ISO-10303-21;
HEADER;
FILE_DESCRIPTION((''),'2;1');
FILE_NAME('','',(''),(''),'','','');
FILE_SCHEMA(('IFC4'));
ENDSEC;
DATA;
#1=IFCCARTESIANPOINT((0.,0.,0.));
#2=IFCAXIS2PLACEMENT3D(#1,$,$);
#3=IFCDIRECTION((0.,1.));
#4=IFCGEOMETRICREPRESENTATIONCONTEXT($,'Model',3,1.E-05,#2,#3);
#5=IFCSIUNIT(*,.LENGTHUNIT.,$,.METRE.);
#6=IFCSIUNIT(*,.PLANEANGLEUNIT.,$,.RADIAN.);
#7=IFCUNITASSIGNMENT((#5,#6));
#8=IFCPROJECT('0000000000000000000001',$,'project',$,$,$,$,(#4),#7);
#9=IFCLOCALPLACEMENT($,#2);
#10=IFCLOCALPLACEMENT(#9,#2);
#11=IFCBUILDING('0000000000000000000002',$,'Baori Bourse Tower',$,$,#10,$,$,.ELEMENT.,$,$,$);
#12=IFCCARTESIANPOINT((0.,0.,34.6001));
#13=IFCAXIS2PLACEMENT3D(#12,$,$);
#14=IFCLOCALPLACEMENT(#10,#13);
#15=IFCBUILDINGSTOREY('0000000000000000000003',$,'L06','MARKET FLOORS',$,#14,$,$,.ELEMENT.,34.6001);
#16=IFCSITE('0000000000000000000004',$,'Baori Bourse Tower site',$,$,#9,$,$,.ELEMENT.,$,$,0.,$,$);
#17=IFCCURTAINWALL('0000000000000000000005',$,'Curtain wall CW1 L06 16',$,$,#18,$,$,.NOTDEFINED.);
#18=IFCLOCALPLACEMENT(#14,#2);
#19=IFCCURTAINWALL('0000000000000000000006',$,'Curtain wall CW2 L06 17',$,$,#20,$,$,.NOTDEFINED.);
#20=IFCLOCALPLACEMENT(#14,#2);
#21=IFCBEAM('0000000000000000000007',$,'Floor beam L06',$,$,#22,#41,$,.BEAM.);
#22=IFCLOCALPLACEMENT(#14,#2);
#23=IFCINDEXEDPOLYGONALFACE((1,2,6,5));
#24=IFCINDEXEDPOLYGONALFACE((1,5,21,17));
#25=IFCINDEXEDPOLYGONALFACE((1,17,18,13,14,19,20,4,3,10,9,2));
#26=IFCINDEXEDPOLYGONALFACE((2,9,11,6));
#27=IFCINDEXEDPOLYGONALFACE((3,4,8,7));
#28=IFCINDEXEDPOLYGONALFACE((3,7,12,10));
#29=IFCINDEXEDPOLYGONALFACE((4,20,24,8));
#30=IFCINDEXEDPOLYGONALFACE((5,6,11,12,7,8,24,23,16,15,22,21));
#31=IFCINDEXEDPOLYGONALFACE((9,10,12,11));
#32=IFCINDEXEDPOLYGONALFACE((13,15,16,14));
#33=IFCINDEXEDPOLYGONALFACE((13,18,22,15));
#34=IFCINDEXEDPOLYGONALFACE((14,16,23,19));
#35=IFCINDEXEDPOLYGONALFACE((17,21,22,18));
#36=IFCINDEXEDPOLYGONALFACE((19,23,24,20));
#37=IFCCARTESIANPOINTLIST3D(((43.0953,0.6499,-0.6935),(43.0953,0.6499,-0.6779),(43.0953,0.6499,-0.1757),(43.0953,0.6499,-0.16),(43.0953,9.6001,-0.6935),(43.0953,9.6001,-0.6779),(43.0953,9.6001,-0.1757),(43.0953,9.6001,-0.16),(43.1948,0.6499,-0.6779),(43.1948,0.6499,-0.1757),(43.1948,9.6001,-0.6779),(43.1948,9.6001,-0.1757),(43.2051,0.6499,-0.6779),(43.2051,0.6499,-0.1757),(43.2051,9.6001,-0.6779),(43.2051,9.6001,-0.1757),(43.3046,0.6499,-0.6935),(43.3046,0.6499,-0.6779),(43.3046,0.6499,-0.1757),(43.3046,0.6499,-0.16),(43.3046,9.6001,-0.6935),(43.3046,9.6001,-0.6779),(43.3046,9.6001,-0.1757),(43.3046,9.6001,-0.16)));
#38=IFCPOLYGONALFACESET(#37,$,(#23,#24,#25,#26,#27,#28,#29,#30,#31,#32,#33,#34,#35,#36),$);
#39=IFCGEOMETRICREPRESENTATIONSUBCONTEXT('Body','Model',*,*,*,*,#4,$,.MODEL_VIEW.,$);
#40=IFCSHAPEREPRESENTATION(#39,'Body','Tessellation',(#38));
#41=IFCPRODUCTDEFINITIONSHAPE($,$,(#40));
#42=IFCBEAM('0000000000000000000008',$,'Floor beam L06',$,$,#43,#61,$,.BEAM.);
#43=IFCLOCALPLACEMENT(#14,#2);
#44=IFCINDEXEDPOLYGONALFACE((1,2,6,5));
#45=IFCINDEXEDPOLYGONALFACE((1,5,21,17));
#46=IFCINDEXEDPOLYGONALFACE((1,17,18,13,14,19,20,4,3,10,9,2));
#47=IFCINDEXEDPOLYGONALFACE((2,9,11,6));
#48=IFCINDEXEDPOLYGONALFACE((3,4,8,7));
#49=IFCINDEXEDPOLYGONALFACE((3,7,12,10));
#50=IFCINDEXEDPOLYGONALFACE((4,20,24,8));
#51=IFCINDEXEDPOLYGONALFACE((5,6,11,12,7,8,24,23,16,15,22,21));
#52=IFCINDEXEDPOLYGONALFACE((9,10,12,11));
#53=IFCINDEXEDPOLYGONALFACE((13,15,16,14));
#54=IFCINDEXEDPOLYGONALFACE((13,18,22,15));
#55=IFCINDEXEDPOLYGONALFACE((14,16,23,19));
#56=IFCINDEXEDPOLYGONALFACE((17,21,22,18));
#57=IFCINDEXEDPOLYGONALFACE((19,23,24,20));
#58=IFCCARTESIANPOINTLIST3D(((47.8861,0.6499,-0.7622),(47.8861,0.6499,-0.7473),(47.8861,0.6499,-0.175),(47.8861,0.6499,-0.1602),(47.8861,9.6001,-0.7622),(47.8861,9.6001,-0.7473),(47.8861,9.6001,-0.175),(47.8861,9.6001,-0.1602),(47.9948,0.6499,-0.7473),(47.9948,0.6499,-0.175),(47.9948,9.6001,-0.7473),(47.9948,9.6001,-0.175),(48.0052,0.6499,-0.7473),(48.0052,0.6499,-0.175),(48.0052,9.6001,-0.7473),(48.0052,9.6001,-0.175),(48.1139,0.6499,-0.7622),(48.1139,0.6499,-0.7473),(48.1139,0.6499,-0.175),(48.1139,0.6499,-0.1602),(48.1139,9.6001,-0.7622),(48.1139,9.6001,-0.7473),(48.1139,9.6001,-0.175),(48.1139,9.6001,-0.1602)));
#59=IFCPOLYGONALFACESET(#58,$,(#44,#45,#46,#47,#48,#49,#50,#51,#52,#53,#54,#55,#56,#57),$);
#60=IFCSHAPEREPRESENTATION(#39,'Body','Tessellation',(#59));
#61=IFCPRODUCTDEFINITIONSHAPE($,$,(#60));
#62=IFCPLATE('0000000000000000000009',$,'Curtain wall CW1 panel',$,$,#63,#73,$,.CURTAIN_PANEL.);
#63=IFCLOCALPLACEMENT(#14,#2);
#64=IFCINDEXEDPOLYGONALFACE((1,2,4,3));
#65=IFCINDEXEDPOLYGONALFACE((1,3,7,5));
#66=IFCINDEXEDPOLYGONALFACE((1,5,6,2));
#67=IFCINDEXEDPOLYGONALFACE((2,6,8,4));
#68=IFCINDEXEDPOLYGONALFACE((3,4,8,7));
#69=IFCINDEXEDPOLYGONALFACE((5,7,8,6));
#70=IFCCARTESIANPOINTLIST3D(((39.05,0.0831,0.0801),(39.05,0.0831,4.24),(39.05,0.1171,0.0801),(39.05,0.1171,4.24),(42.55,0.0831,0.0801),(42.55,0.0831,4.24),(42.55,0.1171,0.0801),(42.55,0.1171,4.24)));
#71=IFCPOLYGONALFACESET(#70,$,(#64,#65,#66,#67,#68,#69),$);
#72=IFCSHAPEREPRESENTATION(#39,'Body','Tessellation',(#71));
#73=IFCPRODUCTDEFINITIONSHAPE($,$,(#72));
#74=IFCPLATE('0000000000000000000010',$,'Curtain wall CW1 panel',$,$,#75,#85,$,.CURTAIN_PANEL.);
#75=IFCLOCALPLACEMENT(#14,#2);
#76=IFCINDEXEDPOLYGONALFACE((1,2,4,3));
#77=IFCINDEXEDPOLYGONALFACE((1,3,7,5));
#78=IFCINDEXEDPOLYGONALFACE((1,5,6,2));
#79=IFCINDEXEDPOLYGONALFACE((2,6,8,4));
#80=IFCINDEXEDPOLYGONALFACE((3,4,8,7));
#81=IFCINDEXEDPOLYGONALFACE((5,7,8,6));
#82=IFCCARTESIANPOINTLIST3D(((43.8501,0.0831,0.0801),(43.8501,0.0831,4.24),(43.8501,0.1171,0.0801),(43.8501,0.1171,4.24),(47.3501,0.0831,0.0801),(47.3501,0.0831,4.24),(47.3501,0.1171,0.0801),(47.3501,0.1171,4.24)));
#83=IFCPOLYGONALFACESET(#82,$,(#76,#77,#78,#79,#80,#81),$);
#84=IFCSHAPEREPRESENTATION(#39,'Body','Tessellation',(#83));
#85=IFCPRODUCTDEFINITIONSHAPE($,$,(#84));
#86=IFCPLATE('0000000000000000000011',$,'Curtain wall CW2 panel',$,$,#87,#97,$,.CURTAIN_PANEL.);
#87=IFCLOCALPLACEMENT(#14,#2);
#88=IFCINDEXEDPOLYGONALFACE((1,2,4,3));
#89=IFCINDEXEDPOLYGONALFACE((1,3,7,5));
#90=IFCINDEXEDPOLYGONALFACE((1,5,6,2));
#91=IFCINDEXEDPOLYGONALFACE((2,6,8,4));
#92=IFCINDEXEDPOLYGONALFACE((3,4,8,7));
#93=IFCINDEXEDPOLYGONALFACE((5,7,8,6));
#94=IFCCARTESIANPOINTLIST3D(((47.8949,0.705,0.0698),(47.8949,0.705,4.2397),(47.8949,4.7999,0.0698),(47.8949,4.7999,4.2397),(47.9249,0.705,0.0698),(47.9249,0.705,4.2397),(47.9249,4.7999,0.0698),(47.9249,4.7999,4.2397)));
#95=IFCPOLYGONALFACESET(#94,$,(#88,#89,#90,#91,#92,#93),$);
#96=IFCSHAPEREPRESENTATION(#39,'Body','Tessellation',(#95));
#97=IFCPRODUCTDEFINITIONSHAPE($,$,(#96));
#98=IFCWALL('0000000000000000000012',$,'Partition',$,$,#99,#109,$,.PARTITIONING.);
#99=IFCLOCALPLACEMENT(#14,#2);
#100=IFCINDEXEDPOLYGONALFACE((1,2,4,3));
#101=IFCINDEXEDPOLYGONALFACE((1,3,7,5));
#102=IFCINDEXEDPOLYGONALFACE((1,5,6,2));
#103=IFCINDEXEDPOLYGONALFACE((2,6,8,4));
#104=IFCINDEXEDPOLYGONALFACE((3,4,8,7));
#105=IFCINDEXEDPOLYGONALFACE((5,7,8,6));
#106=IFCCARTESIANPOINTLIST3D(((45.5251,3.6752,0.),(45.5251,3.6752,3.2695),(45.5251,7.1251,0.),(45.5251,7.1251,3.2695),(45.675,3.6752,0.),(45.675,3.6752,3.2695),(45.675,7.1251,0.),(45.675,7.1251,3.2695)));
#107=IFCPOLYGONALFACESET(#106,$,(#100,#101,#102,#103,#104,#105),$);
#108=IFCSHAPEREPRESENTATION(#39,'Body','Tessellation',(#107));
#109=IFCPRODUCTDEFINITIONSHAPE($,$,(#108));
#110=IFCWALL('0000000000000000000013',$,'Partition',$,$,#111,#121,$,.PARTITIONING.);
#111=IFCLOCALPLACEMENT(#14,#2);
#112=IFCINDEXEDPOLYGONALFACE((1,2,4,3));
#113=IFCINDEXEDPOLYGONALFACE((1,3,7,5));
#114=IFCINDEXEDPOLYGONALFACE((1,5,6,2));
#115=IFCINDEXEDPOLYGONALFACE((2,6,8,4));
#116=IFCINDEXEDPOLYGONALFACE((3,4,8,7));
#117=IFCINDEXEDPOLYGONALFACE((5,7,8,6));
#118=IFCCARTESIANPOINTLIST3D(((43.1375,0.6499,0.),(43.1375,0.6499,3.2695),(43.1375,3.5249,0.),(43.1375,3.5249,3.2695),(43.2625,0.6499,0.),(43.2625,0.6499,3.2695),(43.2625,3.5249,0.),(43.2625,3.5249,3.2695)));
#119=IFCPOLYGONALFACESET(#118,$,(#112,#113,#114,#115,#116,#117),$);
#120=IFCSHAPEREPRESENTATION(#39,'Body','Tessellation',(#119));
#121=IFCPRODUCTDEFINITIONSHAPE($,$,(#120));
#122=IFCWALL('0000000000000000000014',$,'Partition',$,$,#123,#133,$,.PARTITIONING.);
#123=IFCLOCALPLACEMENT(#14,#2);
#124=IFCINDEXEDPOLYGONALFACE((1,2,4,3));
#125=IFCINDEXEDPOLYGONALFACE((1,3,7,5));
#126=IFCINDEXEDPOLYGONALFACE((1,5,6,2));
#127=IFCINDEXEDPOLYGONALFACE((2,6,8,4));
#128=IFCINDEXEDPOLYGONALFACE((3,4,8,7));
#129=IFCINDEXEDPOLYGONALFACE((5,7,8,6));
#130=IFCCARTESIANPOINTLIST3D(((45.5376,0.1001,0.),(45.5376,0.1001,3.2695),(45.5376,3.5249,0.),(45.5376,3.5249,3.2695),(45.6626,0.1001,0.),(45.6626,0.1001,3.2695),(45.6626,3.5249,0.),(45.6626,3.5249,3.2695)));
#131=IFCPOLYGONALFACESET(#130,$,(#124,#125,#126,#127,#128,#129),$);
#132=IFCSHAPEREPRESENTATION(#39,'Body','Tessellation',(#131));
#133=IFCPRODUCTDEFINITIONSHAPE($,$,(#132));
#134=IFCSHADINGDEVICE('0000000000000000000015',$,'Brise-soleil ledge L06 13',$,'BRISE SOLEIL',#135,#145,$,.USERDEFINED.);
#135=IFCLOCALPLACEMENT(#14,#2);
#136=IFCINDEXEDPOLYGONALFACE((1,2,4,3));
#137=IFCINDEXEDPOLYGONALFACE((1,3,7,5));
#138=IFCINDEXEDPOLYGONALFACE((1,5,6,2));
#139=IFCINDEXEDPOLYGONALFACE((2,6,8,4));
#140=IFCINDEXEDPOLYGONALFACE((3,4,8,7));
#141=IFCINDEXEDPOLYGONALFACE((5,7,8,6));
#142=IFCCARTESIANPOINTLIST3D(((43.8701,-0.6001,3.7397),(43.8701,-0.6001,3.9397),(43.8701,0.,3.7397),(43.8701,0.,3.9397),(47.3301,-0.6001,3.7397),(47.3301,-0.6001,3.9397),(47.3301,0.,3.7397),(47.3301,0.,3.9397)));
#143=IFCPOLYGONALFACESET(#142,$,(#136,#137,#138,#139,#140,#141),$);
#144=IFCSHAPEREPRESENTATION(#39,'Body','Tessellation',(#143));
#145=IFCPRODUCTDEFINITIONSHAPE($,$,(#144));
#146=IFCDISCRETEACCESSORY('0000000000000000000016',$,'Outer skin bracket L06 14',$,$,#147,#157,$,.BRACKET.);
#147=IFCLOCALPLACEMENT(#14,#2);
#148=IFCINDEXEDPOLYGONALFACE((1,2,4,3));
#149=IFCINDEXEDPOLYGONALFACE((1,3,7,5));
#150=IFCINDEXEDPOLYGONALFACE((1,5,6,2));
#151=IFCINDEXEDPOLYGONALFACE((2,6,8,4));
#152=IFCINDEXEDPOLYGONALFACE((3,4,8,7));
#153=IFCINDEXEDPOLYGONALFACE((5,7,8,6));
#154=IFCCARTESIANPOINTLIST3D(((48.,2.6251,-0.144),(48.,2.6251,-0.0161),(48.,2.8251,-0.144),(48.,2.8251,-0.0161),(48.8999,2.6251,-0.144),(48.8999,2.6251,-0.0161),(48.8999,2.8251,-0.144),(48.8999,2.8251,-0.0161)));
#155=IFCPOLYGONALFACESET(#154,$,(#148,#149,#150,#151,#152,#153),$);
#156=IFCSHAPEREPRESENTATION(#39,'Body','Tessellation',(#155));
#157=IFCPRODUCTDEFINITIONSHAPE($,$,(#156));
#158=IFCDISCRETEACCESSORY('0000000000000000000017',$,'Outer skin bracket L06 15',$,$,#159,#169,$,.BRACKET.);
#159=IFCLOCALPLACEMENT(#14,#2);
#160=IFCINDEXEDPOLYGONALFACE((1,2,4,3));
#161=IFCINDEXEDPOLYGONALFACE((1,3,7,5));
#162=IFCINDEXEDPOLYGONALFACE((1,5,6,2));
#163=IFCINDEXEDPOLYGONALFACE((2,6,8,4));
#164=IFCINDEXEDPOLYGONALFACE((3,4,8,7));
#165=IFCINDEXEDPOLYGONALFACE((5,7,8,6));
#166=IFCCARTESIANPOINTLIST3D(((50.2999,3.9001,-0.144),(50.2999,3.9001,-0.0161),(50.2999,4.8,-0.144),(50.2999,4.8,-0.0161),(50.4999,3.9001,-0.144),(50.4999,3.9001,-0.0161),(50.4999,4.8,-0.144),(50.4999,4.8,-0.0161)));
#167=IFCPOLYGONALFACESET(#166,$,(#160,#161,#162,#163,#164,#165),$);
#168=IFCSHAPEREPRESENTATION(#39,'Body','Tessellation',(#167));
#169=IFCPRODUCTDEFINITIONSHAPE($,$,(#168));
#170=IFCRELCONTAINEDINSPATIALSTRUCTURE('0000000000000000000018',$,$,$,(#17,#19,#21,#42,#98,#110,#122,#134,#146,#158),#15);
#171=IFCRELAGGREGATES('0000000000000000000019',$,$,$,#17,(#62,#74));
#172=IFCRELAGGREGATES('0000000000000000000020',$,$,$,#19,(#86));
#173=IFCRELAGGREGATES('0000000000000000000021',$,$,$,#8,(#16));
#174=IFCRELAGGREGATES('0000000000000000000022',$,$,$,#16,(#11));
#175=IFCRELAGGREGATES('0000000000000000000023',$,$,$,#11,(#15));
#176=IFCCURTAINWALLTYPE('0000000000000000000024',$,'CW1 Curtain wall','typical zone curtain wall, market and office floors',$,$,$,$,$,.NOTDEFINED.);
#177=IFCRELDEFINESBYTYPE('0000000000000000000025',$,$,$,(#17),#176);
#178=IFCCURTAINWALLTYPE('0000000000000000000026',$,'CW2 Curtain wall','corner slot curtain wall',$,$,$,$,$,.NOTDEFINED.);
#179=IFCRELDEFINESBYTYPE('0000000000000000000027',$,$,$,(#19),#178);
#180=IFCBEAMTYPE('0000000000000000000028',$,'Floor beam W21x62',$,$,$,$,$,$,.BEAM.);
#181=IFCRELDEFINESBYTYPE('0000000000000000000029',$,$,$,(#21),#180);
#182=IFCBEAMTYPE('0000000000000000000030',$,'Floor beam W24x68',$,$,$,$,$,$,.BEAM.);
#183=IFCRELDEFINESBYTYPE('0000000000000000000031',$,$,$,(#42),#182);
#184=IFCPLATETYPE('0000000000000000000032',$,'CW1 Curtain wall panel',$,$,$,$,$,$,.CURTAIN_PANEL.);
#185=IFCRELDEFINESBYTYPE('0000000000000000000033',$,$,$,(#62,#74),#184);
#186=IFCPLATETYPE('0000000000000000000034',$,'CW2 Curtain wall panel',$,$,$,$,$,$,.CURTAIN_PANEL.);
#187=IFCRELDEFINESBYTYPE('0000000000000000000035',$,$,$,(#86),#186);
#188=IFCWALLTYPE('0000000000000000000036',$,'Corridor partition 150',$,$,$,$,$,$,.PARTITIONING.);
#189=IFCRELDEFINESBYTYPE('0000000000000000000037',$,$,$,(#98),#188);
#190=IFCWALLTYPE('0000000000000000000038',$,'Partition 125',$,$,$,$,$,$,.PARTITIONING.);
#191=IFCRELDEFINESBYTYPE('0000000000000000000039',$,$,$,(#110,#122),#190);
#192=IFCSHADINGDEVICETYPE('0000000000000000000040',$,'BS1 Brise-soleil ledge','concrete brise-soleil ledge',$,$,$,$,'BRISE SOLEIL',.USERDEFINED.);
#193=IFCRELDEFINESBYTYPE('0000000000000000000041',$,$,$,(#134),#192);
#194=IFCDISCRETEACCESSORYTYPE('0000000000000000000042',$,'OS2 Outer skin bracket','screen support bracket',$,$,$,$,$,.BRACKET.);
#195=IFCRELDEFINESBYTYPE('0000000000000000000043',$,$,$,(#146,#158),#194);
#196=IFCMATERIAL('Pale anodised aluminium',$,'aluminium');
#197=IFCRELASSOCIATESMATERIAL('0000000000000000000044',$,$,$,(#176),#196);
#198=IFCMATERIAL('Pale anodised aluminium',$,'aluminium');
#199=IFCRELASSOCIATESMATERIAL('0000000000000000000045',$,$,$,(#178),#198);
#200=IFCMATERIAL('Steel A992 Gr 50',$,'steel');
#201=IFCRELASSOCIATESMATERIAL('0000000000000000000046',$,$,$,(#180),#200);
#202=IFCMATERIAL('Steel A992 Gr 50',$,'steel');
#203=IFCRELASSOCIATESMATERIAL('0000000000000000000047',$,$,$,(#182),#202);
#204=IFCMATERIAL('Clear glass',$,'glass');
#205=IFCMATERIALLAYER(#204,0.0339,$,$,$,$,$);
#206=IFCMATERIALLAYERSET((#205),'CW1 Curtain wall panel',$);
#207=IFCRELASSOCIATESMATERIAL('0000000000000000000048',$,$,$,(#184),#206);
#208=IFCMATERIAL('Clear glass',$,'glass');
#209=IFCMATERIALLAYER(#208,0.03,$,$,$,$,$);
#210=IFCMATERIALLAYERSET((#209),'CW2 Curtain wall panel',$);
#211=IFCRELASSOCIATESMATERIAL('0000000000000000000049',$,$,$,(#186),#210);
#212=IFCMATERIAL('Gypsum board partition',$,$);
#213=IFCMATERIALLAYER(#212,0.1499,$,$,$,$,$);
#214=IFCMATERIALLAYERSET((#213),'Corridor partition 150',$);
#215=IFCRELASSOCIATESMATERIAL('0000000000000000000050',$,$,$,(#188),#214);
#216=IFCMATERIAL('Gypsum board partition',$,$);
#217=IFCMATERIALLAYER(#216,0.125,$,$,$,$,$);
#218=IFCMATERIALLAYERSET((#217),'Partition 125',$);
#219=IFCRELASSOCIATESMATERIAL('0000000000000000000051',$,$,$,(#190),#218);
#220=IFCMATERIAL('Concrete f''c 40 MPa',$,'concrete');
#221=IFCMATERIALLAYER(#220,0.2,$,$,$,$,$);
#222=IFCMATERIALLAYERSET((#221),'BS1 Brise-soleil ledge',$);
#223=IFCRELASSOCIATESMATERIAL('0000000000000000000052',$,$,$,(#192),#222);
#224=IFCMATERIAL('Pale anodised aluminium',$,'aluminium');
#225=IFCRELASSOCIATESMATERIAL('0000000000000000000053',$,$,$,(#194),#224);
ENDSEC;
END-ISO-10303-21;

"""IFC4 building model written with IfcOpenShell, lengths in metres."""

from ifc_helpers import new_model, si_unit, direction, frame, frame_2d, origin, origin_2d, place, context, subcontext, project, spatial, rectangle, i_section, extrude, material, layer, layer_set, material_profile, profile_set, type_object, element, aggregate, save


model = new_model("IFC4")

# Units and contexts
model_context = context("Model", 3, precision=1e-05, world=origin(), true_north=direction((0.0, 1.0)))
body_context = subcontext(model_context, "Body", "Model", "MODEL_VIEW")
ifc_project = project(units=[si_unit("LENGTHUNIT", "METRE"), si_unit("PLANEANGLEUNIT", "RADIAN")], contexts=[model_context])

# Site, building, storey
site_placement = place(None, origin())
site = spatial("IfcSite", under=ifc_project, at=site_placement, Name="Baori Bourse Tower site", CompositionType="ELEMENT", RefElevation=0.0)
building_placement = place(site_placement, origin())
building = spatial("IfcBuilding", under=site, at=building_placement, Name="Baori Bourse Tower", CompositionType="ELEMENT")
storey_placement = place(building_placement, frame((0.0, 0.0, 34.6001)))
storey = spatial("IfcBuildingStorey", under=building, at=storey_placement, Name="L06", Description="MARKET FLOORS", CompositionType="ELEMENT", Elevation=34.6001)

# Curtain walls
ifc_material_1 = material(Name="Pale anodised aluminium", Category="aluminium")
curtain_wall_type_1 = type_object("IfcCurtainWallType", Name="CW1 Curtain wall", Description="typical zone curtain wall, market and office floors", PredefinedType="NOTDEFINED", material=ifc_material_1)
curtain_wall_1_placement = place(storey_placement, origin())
curtain_wall_1 = element("IfcCurtainWall", 1, at=curtain_wall_1_placement, inside=storey, type_object=curtain_wall_type_1, Name="Curtain wall CW1 L06 16", PredefinedType="NOTDEFINED")
ifc_material_2 = material(Name="Pale anodised aluminium", Category="aluminium")
curtain_wall_type_2 = type_object("IfcCurtainWallType", Name="CW2 Curtain wall", Description="corner slot curtain wall", PredefinedType="NOTDEFINED", material=ifc_material_2)
curtain_wall_2_placement = place(storey_placement, origin())
curtain_wall_2 = element("IfcCurtainWall", 2, at=curtain_wall_2_placement, inside=storey, type_object=curtain_wall_type_2, Name="Curtain wall CW2 L06 17", PredefinedType="NOTDEFINED")

# Beams
ifc_material_3 = material(Name="Steel A992 Gr 50", Category="steel")
ifc_material_profile_1 = material_profile(ifc_material_3, i_section(OverallWidth=0.2092, OverallDepth=0.5334, WebThickness=0.0103, FlangeThickness=0.0156, at=origin_2d()), Name="W21x62")
ifc_profile_set_1 = profile_set([ifc_material_profile_1], Name="Steel A992 Gr 50")
beam_type_1 = type_object("IfcBeamType", Name="Floor beam W21x62", PredefinedType="BEAM", material=ifc_profile_set_1)
beam_1_placement = place(storey_placement, frame((43.2, 0.6499, -0.4268), z_axis=(0.0, 1.0, 0.0), x_axis=(-1.0, 0.0, 0.0)))
element("IfcBeam", 3, at=beam_1_placement, inside=storey, type_object=beam_type_1, Name="Floor beam L06", PredefinedType="BEAM", context=body_context, shape_type="SweptSolid", body=[
    extrude(i_section(OverallWidth=0.2092, OverallDepth=0.5334, WebThickness=0.0103, FlangeThickness=0.0156, at=origin_2d()), origin(), (0.0, 0.0, 1.0), 8.9502),
])
ifc_material_4 = material(Name="Steel A992 Gr 50", Category="steel")
ifc_material_profile_2 = material_profile(ifc_material_4, i_section(OverallWidth=0.2278, OverallDepth=0.6021, WebThickness=0.0105, FlangeThickness=0.0149, at=origin_2d()), Name="W24x68")
ifc_profile_set_2 = profile_set([ifc_material_profile_2], Name="Steel A992 Gr 50")
beam_type_2 = type_object("IfcBeamType", Name="Floor beam W24x68", PredefinedType="BEAM", material=ifc_profile_set_2)
beam_2_placement = place(storey_placement, frame((48.0, 0.6499, -0.4612), z_axis=(0.0, 1.0, 0.0), x_axis=(-1.0, 0.0, 0.0)))
element("IfcBeam", 4, at=beam_2_placement, inside=storey, type_object=beam_type_2, Name="Floor beam L06", PredefinedType="BEAM", context=body_context, shape_type="SweptSolid", body=[
    extrude(i_section(OverallWidth=0.2278, OverallDepth=0.6021, WebThickness=0.0105, FlangeThickness=0.0149, at=origin_2d()), origin(), (0.0, 0.0, 1.0), 8.9502),
])

# Plates
ifc_material_5 = material(Name="Clear glass", Category="glass")
ifc_layer_1 = layer(ifc_material_5, 0.0339)
ifc_layer_set_1 = layer_set([ifc_layer_1], Name="CW1 Curtain wall panel")
plate_type_1 = type_object("IfcPlateType", Name="CW1 Curtain wall panel", PredefinedType="CURTAIN_PANEL", material=ifc_layer_set_1)
plate_1_placement = place(storey_placement, frame((40.8, 0.1001, 0.0801), z_axis=(0.0, 0.0, 1.0), x_axis=(1.0, 0.0, 0.0)))
plate_1 = element("IfcPlate", 5, at=plate_1_placement, type_object=plate_type_1, Name="Curtain wall CW1 panel", PredefinedType="CURTAIN_PANEL", context=body_context, shape_type="SweptSolid", body=[
    extrude(rectangle(XDim=3.5, YDim=0.0339, at=origin_2d()), origin(), (0.0, 0.0, 1.0), 4.1599),
])
plate_2_placement = place(storey_placement, frame((45.6001, 0.1001, 0.0801), z_axis=(0.0, 0.0, 1.0), x_axis=(1.0, 0.0, 0.0)))
plate_2 = element("IfcPlate", 6, at=plate_2_placement, type_object=plate_type_1, Name="Curtain wall CW1 panel", PredefinedType="CURTAIN_PANEL", context=body_context, shape_type="SweptSolid", body=[
    extrude(rectangle(XDim=3.5, YDim=0.0339, at=origin_2d()), origin(), (0.0, 0.0, 1.0), 4.1599),
])
aggregate(curtain_wall_1, [plate_1, plate_2])
ifc_material_6 = material(Name="Clear glass", Category="glass")
ifc_layer_2 = layer(ifc_material_6, 0.03)
ifc_layer_set_2 = layer_set([ifc_layer_2], Name="CW2 Curtain wall panel")
plate_type_2 = type_object("IfcPlateType", Name="CW2 Curtain wall panel", PredefinedType="CURTAIN_PANEL", material=ifc_layer_set_2)
plate_3_placement = place(storey_placement, frame((47.9099, 2.7524, 0.0698), z_axis=(0.0, 0.0, 1.0), x_axis=(0.0, 1.0, 0.0)))
plate_3 = element("IfcPlate", 7, at=plate_3_placement, type_object=plate_type_2, Name="Curtain wall CW2 panel", PredefinedType="CURTAIN_PANEL", context=body_context, shape_type="SweptSolid", body=[
    extrude(rectangle(XDim=4.095, YDim=0.03, at=origin_2d()), origin(), (0.0, 0.0, 1.0), 4.1699),
])
aggregate(curtain_wall_2, [plate_3])

# Walls
ifc_material_7 = material(Name="Gypsum board partition")
ifc_layer_3 = layer(ifc_material_7, 0.1499)
ifc_layer_set_3 = layer_set([ifc_layer_3], Name="Corridor partition 150")
wall_type_1 = type_object("IfcWallType", Name="Corridor partition 150", PredefinedType="PARTITIONING", material=ifc_layer_set_3)
wall_1_placement = place(storey_placement, frame((45.6001, 3.675, 0.0), z_axis=(0.0, 0.0, 1.0), x_axis=(0.0, 1.0, 0.0)))
element("IfcWall", 8, at=wall_1_placement, inside=storey, type_object=wall_type_1, Name="Partition", PredefinedType="PARTITIONING", context=body_context, shape_type="SweptSolid", body=[
    extrude(rectangle(XDim=3.45, YDim=0.1499, at=frame_2d((1.7251, 0.0))), origin(), (0.0, 0.0, 1.0), 3.2695),
])
ifc_material_8 = material(Name="Gypsum board partition")
ifc_layer_4 = layer(ifc_material_8, 0.125)
ifc_layer_set_4 = layer_set([ifc_layer_4], Name="Partition 125")
wall_type_2 = type_object("IfcWallType", Name="Partition 125", PredefinedType="PARTITIONING", material=ifc_layer_set_4)
wall_2_placement = place(storey_placement, frame((43.2, 0.6499, 0.0), z_axis=(0.0, 0.0, 1.0), x_axis=(0.0, 1.0, 0.0)))
element("IfcWall", 9, at=wall_2_placement, inside=storey, type_object=wall_type_2, Name="Partition", PredefinedType="PARTITIONING", context=body_context, shape_type="SweptSolid", body=[
    extrude(rectangle(XDim=2.875, YDim=0.125, at=frame_2d((1.4375, 0.0))), origin(), (0.0, 0.0, 1.0), 3.2695),
])
wall_3_placement = place(storey_placement, frame((45.6001, 0.1001, 0.0), z_axis=(0.0, 0.0, 1.0), x_axis=(0.0, 1.0, 0.0)))
element("IfcWall", 10, at=wall_3_placement, inside=storey, type_object=wall_type_2, Name="Partition", PredefinedType="PARTITIONING", context=body_context, shape_type="SweptSolid", body=[
    extrude(rectangle(XDim=3.4248, YDim=0.125, at=frame_2d((1.7124, 0.0))), origin(), (0.0, 0.0, 1.0), 3.2695),
])

# Shading device
ifc_material_9 = material(Name="Concrete f'c 40 MPa", Category="concrete")
ifc_layer_5 = layer(ifc_material_9, 0.2)
ifc_layer_set_5 = layer_set([ifc_layer_5], Name="BS1 Brise-soleil ledge")
shading_device_type = type_object("IfcShadingDeviceType", Name="BS1 Brise-soleil ledge", Description="concrete brise-soleil ledge", ElementType="BRISE SOLEIL", PredefinedType="USERDEFINED", material=ifc_layer_set_5)
shading_device_placement = place(storey_placement, frame((45.6001, -0.3, 3.7397), z_axis=(0.0, 0.0, 1.0), x_axis=(1.0, 0.0, 0.0)))
element("IfcShadingDevice", 11, at=shading_device_placement, inside=storey, type_object=shading_device_type, Name="Brise-soleil ledge L06 13", ObjectType="BRISE SOLEIL", PredefinedType="USERDEFINED", context=body_context, shape_type="SweptSolid", body=[
    extrude(rectangle(XDim=3.46, YDim=0.6001, at=origin_2d()), origin(), (0.0, 0.0, 1.0), 0.2),
])

# Discrete accessories
ifc_material_10 = material(Name="Pale anodised aluminium", Category="aluminium")
discrete_accessory_type = type_object("IfcDiscreteAccessoryType", Name="OS2 Outer skin bracket", Description="screen support bracket", PredefinedType="BRACKET", material=ifc_material_10)
for number, where, z_axis, x_axis, name in (
    (12, (48.45, 2.7251, -0.144), (0.0, 0.0, 1.0), (0.0, 1.0, 0.0), "Outer skin bracket L06 14"),
    (13, (50.3999, 4.3501, -0.144), (0.0, 0.0, 1.0), (1.0, 0.0, 0.0), "Outer skin bracket L06 15"),
):
    element("IfcDiscreteAccessory", number, at=place(storey_placement, frame(where, z_axis=z_axis, x_axis=x_axis)), inside=storey, type_object=discrete_accessory_type, Name=name, PredefinedType="BRACKET", context=body_context, shape_type="SweptSolid", body=[
        extrude(rectangle(XDim=0.2, YDim=0.8999, at=origin_2d()), origin(), (0.0, 0.0, 1.0), 0.1279),
    ])

save(model, "model.ifc")
